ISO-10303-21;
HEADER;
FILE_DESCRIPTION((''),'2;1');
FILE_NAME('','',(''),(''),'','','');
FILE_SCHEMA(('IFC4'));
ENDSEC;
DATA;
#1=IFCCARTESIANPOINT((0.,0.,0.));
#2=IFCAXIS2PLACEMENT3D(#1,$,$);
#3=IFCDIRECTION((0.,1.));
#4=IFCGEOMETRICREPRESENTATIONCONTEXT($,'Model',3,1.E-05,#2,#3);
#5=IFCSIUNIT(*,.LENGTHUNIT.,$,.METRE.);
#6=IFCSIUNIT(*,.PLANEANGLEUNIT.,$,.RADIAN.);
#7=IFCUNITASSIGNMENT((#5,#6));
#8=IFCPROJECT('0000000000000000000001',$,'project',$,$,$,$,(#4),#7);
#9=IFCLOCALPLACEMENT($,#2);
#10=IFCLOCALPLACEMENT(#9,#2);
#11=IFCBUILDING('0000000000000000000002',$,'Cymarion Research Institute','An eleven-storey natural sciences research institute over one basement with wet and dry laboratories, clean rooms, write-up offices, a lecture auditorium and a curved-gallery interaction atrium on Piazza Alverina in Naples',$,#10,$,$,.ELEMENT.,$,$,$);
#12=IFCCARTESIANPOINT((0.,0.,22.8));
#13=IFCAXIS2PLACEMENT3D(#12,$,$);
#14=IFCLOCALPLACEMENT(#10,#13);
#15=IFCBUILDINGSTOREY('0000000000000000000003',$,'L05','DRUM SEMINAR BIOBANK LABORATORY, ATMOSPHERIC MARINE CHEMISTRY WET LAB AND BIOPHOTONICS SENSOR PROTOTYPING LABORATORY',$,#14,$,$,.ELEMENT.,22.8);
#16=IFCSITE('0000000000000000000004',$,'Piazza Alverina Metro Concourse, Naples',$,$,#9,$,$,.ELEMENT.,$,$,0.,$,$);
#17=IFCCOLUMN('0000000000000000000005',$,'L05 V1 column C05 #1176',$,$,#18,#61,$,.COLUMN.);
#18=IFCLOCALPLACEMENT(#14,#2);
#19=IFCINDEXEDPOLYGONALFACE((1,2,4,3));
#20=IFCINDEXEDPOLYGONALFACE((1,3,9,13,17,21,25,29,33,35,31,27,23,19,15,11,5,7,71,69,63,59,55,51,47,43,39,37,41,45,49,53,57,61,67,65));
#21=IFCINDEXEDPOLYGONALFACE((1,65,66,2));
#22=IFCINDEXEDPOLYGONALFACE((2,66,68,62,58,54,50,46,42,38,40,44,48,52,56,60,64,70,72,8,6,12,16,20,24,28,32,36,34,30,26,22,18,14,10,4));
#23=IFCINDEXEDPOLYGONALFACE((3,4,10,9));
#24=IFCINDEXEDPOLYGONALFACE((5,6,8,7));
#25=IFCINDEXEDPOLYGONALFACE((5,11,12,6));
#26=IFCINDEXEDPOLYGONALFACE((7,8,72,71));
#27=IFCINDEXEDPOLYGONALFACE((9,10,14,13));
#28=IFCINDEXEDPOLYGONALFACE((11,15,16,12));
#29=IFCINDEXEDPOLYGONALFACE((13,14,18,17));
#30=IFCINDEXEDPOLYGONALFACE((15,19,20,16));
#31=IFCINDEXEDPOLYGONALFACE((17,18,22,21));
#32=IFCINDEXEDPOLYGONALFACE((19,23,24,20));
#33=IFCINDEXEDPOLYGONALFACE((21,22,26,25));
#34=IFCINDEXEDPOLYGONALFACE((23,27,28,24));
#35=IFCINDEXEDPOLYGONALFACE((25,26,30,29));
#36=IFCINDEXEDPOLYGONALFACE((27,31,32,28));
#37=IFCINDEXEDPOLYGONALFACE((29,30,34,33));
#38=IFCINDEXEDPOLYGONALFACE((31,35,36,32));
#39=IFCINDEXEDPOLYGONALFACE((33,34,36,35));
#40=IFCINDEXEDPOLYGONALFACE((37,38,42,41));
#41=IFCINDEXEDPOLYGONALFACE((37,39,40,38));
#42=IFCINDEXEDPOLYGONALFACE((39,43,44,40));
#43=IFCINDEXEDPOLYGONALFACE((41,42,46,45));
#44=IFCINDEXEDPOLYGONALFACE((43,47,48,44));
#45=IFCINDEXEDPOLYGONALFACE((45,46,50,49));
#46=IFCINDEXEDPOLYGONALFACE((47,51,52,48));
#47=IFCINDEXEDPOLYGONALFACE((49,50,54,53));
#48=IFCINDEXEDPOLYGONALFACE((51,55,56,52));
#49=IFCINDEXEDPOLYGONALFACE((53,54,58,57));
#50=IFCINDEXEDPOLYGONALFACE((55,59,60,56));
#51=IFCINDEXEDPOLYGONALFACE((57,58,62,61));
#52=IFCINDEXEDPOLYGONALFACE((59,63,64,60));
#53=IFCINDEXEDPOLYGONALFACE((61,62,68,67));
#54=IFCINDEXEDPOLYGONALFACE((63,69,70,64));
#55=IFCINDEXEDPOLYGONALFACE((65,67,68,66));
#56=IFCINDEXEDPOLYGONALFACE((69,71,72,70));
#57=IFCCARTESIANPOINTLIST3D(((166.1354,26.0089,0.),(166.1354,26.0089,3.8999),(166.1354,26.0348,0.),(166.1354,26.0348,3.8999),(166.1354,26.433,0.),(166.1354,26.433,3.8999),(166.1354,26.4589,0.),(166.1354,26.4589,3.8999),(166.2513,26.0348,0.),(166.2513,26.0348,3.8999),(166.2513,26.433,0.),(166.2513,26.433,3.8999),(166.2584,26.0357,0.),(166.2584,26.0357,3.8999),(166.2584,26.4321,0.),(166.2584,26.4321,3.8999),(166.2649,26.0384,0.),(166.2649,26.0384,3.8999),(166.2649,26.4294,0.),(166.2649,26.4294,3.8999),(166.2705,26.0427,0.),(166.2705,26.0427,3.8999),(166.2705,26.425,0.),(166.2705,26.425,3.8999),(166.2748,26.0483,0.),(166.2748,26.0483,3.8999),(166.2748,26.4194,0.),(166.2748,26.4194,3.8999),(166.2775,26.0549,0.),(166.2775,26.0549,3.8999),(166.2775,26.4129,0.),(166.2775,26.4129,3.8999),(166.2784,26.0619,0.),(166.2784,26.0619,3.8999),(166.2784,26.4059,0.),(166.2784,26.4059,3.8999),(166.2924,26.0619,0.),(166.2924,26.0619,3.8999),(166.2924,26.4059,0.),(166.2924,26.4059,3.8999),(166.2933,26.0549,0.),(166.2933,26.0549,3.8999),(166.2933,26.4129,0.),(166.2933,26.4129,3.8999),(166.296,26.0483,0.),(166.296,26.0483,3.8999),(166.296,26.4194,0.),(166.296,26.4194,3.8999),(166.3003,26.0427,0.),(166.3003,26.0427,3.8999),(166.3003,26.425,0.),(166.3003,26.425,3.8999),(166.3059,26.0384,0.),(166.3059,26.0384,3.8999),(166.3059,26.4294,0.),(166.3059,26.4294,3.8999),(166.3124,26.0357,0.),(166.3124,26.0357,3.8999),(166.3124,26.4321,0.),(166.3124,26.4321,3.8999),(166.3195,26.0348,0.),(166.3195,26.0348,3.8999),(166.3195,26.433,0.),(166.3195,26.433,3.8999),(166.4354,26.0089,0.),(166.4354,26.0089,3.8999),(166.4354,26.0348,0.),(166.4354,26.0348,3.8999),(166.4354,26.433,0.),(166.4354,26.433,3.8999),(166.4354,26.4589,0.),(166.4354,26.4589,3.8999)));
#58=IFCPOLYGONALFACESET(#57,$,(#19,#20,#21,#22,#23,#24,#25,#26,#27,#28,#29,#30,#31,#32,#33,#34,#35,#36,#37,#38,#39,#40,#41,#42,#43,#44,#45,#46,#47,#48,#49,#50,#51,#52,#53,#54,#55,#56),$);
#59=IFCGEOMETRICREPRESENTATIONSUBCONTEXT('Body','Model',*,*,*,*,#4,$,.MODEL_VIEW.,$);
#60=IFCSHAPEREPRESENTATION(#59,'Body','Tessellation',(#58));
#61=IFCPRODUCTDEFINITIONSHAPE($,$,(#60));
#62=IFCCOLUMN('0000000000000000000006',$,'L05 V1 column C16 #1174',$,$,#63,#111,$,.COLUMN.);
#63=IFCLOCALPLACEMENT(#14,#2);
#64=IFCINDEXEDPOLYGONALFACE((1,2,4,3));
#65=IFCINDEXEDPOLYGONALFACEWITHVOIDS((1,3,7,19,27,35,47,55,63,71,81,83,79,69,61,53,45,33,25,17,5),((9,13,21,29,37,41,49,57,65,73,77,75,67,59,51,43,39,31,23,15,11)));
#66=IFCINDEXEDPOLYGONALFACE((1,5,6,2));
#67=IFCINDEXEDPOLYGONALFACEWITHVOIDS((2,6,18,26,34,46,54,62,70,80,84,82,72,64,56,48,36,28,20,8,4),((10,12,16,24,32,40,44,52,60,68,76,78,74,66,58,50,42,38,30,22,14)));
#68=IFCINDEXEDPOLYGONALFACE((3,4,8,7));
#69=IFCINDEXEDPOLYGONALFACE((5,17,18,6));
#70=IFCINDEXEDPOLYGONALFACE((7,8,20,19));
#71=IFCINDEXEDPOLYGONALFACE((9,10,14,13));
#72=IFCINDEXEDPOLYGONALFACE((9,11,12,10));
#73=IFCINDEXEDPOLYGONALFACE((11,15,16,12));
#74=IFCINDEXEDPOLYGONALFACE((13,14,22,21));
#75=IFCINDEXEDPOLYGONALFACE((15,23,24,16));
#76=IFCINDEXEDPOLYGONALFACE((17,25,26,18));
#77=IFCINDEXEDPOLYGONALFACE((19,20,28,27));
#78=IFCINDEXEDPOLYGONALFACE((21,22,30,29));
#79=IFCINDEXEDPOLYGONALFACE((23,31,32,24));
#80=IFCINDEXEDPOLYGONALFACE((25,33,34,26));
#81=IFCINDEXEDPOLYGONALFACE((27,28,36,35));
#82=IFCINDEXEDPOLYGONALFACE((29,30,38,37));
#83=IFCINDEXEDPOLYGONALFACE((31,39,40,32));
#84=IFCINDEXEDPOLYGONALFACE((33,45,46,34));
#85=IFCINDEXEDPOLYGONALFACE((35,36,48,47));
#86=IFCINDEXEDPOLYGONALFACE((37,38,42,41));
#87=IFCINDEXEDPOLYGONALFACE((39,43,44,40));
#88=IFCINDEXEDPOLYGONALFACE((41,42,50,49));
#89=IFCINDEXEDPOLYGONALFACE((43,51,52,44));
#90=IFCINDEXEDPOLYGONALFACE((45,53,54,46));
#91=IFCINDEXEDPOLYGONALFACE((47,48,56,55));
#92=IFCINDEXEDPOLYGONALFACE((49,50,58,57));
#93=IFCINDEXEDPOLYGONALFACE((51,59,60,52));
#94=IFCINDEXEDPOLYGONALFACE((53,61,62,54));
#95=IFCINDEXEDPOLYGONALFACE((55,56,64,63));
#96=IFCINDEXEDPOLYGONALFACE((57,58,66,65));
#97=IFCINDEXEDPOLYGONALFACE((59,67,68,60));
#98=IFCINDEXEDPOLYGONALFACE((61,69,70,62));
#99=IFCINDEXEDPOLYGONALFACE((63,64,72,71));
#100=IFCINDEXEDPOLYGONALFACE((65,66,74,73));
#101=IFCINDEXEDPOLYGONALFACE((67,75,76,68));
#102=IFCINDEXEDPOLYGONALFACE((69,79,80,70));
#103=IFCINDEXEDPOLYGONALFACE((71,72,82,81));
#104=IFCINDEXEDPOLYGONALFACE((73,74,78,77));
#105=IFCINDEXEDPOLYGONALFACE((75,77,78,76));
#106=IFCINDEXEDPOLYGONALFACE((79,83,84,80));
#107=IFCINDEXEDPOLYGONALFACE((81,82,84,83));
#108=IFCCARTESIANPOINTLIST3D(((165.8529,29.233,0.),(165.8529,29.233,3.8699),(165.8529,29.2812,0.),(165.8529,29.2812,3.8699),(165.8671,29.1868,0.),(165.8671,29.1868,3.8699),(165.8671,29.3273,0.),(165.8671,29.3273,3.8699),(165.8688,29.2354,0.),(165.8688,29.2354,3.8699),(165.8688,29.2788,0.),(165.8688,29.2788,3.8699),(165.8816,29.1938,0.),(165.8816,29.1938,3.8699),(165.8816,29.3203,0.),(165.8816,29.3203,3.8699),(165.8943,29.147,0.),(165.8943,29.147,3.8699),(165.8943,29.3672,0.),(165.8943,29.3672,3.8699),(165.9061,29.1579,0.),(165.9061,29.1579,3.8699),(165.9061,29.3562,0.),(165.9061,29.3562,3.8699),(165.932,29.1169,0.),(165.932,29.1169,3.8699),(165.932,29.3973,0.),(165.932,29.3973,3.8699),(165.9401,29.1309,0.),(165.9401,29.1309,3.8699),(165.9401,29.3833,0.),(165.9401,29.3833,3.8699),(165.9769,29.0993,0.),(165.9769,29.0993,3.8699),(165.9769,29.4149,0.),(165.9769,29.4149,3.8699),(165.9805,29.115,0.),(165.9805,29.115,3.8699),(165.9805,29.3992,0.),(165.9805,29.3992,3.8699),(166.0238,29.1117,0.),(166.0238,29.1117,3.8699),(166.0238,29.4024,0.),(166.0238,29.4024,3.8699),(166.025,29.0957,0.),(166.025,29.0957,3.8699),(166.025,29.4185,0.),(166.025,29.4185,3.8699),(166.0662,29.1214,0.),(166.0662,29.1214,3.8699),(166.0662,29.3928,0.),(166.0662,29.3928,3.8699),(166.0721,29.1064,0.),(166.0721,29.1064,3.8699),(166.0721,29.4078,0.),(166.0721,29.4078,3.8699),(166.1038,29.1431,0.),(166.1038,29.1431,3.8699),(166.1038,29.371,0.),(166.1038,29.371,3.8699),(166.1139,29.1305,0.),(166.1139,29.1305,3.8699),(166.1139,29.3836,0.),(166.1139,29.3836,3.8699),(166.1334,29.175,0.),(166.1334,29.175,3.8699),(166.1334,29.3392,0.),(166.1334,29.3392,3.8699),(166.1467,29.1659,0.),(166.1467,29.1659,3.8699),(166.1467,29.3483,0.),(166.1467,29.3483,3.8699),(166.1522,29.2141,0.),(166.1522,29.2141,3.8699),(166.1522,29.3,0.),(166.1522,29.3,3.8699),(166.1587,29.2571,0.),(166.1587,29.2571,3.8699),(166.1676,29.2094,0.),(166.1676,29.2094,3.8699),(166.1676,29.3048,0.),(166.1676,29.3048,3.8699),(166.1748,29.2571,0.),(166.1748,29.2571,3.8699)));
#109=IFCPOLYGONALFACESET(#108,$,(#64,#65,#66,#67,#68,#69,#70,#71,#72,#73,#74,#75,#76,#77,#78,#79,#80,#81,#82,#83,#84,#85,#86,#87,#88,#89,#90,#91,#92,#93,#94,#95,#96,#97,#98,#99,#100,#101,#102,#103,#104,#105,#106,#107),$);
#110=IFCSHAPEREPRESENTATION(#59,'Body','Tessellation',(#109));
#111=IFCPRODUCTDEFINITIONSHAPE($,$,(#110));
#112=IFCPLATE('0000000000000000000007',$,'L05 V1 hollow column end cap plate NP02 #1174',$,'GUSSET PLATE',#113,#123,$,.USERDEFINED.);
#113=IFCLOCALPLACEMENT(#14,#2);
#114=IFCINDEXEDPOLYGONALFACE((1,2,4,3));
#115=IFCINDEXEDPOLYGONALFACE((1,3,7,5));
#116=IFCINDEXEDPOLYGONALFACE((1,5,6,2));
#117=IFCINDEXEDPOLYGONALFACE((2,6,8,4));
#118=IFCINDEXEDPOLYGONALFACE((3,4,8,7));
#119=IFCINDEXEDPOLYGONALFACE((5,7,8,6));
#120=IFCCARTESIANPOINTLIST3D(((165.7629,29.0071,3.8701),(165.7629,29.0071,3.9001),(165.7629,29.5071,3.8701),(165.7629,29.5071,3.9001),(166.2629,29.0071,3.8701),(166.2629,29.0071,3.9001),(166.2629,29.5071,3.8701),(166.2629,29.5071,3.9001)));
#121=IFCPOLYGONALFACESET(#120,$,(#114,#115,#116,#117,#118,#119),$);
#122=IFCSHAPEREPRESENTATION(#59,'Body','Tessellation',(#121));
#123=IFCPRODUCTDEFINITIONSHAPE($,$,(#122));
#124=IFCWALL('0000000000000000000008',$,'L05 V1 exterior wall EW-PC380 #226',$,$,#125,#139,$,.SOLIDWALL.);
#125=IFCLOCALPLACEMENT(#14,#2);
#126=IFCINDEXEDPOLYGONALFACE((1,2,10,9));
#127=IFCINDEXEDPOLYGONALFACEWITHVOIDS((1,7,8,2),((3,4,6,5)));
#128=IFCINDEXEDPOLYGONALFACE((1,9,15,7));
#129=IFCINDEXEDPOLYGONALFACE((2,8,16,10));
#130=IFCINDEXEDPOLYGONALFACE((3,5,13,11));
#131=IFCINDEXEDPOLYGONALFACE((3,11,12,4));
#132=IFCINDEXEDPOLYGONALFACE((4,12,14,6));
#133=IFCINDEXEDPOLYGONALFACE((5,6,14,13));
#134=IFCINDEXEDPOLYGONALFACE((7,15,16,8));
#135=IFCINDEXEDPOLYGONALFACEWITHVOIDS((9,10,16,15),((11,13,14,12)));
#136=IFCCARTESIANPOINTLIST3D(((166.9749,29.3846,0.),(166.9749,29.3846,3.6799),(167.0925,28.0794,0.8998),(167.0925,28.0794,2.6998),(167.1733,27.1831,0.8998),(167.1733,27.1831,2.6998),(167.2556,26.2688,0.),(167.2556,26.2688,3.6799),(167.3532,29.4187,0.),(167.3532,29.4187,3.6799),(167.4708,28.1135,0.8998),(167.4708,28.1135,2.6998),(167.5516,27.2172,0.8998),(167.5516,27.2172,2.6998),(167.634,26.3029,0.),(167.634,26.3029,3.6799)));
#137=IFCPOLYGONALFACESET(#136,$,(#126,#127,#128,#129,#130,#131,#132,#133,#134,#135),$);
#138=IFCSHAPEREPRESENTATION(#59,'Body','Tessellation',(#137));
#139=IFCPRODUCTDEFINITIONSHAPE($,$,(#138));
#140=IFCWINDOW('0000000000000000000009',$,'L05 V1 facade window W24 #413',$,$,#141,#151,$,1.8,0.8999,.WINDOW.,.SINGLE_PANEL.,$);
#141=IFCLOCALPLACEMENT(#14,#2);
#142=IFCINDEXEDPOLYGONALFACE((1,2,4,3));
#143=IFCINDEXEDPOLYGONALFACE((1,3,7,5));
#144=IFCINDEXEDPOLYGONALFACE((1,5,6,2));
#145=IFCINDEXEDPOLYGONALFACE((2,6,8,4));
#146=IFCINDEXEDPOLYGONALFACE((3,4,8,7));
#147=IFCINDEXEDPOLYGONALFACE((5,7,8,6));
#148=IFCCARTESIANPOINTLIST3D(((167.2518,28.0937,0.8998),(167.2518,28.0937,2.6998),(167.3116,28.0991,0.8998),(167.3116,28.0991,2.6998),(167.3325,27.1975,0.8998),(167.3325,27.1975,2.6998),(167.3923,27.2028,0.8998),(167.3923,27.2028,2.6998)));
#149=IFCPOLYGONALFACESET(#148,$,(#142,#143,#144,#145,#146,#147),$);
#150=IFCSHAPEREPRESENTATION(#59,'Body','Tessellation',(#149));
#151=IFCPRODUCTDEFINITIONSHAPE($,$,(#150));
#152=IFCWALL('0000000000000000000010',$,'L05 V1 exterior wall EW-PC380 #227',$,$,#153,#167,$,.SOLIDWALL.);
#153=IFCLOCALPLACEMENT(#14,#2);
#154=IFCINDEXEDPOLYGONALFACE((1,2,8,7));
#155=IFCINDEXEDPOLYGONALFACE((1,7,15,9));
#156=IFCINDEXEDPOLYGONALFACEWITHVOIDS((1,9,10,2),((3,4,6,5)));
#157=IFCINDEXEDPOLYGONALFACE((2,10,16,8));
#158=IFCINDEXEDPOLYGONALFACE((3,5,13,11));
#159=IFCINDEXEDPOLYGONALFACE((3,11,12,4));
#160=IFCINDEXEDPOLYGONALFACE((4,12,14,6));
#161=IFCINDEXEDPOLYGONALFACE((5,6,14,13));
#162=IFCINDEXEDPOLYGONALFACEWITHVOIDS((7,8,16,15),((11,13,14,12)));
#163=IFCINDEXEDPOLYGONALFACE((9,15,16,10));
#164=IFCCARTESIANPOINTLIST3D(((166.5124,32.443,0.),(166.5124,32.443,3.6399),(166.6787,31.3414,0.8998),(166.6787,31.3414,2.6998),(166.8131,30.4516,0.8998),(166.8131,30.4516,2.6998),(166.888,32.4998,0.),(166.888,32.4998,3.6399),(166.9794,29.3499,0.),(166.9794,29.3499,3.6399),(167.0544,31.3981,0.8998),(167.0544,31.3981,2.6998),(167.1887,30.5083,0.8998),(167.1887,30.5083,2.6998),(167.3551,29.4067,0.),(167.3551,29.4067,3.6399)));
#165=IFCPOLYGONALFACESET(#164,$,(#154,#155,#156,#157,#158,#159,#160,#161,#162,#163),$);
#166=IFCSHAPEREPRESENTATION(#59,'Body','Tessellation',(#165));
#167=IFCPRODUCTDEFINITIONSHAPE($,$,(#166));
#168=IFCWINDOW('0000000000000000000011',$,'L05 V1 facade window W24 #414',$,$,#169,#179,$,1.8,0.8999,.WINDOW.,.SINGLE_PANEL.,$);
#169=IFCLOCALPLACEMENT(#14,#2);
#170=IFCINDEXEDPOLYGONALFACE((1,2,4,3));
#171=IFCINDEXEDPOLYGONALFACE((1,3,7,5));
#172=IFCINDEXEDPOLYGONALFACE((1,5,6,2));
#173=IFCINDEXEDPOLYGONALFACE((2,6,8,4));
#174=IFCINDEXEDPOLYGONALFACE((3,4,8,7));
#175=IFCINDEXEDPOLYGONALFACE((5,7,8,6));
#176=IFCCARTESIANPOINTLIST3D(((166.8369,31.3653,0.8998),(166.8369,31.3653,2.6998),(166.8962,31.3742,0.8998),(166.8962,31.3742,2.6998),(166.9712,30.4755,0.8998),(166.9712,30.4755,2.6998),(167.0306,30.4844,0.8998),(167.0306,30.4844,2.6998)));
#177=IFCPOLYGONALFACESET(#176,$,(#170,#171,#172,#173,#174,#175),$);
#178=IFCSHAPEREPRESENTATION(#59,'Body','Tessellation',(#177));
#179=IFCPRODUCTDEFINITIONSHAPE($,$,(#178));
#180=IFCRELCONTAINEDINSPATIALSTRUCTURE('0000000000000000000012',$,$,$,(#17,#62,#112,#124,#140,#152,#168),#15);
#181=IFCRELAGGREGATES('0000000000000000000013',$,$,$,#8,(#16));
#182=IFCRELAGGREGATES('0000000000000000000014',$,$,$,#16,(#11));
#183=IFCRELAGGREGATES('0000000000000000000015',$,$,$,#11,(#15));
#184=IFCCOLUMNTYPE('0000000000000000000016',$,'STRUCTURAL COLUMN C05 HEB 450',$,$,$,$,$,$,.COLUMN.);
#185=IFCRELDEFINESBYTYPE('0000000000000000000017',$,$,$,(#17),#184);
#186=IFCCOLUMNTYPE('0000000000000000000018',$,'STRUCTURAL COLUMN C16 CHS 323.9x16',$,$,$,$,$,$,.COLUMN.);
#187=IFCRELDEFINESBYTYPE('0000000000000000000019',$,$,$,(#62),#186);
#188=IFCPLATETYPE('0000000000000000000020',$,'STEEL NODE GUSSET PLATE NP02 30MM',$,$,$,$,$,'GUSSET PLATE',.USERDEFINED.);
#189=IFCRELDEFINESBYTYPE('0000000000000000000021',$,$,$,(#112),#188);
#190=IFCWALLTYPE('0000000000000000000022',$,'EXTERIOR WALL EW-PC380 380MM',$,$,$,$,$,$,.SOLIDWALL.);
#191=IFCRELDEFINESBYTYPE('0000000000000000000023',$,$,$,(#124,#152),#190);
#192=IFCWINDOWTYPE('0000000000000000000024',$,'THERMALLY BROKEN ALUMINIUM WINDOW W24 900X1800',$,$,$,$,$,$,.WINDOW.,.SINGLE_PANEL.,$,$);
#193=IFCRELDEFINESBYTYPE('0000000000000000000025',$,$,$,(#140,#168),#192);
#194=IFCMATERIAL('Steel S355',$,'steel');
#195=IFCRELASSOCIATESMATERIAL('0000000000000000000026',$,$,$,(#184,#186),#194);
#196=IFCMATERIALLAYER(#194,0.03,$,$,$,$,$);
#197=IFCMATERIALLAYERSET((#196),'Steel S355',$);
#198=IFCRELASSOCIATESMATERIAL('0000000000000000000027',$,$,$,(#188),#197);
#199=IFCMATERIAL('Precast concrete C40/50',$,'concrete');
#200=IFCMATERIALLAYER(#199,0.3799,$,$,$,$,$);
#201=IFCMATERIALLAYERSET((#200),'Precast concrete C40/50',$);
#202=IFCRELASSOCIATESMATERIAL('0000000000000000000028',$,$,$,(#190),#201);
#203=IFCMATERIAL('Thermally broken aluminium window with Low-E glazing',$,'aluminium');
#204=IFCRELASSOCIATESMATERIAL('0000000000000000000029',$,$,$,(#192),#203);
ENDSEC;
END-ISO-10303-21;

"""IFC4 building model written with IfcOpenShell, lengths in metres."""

from ifc_helpers import new_model, si_unit, direction, frame, frame_2d, origin, origin_2d, place, context, subcontext, project, spatial, rectangle, hollow_circle, i_section, extrude, material, layer, layer_set, material_profile, profile_set, type_object, element, fill, save


model = new_model("IFC4")

# Units and contexts
model_context = context("Model", 3, precision=1e-05, world=origin(), true_north=direction((0.0, 1.0)))
body_context = subcontext(model_context, "Body", "Model", "MODEL_VIEW")
ifc_project = project(units=[si_unit("LENGTHUNIT", "METRE"), si_unit("PLANEANGLEUNIT", "RADIAN")], contexts=[model_context])

# Site, building, storey
site_placement = place(None, origin())
site = spatial("IfcSite", under=ifc_project, at=site_placement, Name="Piazza Alverina Metro Concourse, Naples", CompositionType="ELEMENT", RefElevation=0.0)
building_placement = place(site_placement, origin())
building = spatial("IfcBuilding", under=site, at=building_placement, Name="Cymarion Research Institute", Description="An eleven-storey natural sciences research institute over one basement with wet and dry laboratories, clean rooms, write-up offices, a lecture auditorium and a curved-gallery interaction atrium on Piazza Alverina in Naples", CompositionType="ELEMENT")
storey_placement = place(building_placement, frame((0.0, 0.0, 22.8)))
storey = spatial("IfcBuildingStorey", under=building, at=storey_placement, Name="L05", Description="DRUM SEMINAR BIOBANK LABORATORY, ATMOSPHERIC MARINE CHEMISTRY WET LAB AND BIOPHOTONICS SENSOR PROTOTYPING LABORATORY", CompositionType="ELEMENT", Elevation=22.8)

# Columns
ifc_material_1 = material(Name="Steel S355", Category="steel")
ifc_material_profile_1 = material_profile(ifc_material_1, i_section(OverallWidth=0.3, OverallDepth=0.45, WebThickness=0.0139, FlangeThickness=0.0259, FilletRadius=0.0271, at=origin_2d()), Name="HEB 450")
ifc_profile_set_1 = profile_set([ifc_material_profile_1], Name="Steel S355")
column_type_1 = type_object("IfcColumnType", Name="STRUCTURAL COLUMN C05 HEB 450", PredefinedType="COLUMN", material=ifc_profile_set_1)
column_1_placement = place(storey_placement, frame((166.2854, 26.2339, 0.0), z_axis=(0.0, 0.0, 1.0), x_axis=(1.0, 0.0, 0.0)))
element("IfcColumn", 1, at=column_1_placement, inside=storey, type_object=column_type_1, Name="L05 V1 column C05 #1176", PredefinedType="COLUMN", context=body_context, shape_type="SweptSolid", body=[
    extrude(i_section(OverallWidth=0.3, OverallDepth=0.45, WebThickness=0.0139, FlangeThickness=0.0259, FilletRadius=0.0271, at=origin_2d()), origin(), (0.0, 0.0, 1.0), 3.8999),
])
ifc_material_profile_2 = material_profile(ifc_material_1, hollow_circle(Radius=0.1619, WallThickness=0.0161, at=origin_2d()), Name="CHS 323.9x16")
ifc_profile_set_2 = profile_set([ifc_material_profile_2], Name="Steel S355")
column_type_2 = type_object("IfcColumnType", Name="STRUCTURAL COLUMN C16 CHS 323.9x16", PredefinedType="COLUMN", material=ifc_profile_set_2)
column_2_placement = place(storey_placement, frame((166.0129, 29.2571, 0.0), z_axis=(0.0, 0.0, 1.0), x_axis=(1.0, 0.0, 0.0)))
element("IfcColumn", 2, at=column_2_placement, inside=storey, type_object=column_type_2, Name="L05 V1 column C16 #1174", PredefinedType="COLUMN", context=body_context, shape_type="SweptSolid", body=[
    extrude(hollow_circle(Radius=0.1619, WallThickness=0.0161, at=origin_2d()), origin(), (0.0, 0.0, 1.0), 3.8699),
])

# Plate
ifc_layer_1 = layer(ifc_material_1, 0.03)
ifc_layer_set_1 = layer_set([ifc_layer_1], Name="Steel S355")
plate_type = type_object("IfcPlateType", Name="STEEL NODE GUSSET PLATE NP02 30MM", ElementType="GUSSET PLATE", PredefinedType="USERDEFINED", material=ifc_layer_set_1)
plate_placement = place(storey_placement, frame((166.0129, 29.2571, 3.8701), z_axis=(0.0, 0.0, 1.0), x_axis=(1.0, 0.0, 0.0)))
element("IfcPlate", 3, at=plate_placement, inside=storey, type_object=plate_type, Name="L05 V1 hollow column end cap plate NP02 #1174", ObjectType="GUSSET PLATE", PredefinedType="USERDEFINED", context=body_context, shape_type="SweptSolid", body=[
    extrude(rectangle(XDim=0.5, YDim=0.5, at=origin_2d()), origin(), (0.0, 0.0, 1.0), 0.03),
])

# Walls, openings, windows
ifc_material_2 = material(Name="Precast concrete C40/50", Category="concrete")
ifc_layer_2 = layer(ifc_material_2, 0.3799)
ifc_layer_set_2 = layer_set([ifc_layer_2], Name="Precast concrete C40/50")
wall_type = type_object("IfcWallType", Name="EXTERIOR WALL EW-PC380 380MM", PredefinedType="SOLIDWALL", material=ifc_layer_set_2)
wall_1_placement = place(storey_placement, frame((167.4448, 26.2859, 0.0), z_axis=(0.0, 0.0, 1.0), x_axis=(-0.089748, 0.995965, 0.0)))
wall_1 = element("IfcWall", 4, at=wall_1_placement, inside=storey, type_object=wall_type, Name="L05 V1 exterior wall EW-PC380 #226", PredefinedType="SOLIDWALL", context=body_context, shape_type="SweptSolid", body=[
    extrude(rectangle(XDim=3.1284, YDim=0.3799, at=frame_2d((1.5642, 0.0))), origin(), (0.0, 0.0, 1.0), 3.6799),
])
opening_1_placement = place(wall_1_placement, frame((0.918, 0.0, 0.8999)))
opening_1 = element("IfcOpeningElement", 5, at=opening_1_placement, cuts=wall_1, PredefinedType="OPENING", context=body_context, shape_type="SweptSolid", body=[
    extrude(rectangle(XDim=0.8999, YDim=1.8, at=frame_2d((0.45, 0.8999))), frame((0.0, 0.2, 0.0), z_axis=(0.0, -1.0, 0.0), x_axis=(1.0, 0.0, 0.0)), (0.0, 0.0, 1.0), 0.3999),
])
ifc_material_3 = material(Name="Thermally broken aluminium window with Low-E glazing", Category="aluminium")
window_type = type_object("IfcWindowType", Name="THERMALLY BROKEN ALUMINIUM WINDOW W24 900X1800", PartitioningType="SINGLE_PANEL", PredefinedType="WINDOW", material=ifc_material_3)
window_1_placement = place(opening_1_placement, origin())
window_1 = element("IfcWindow", 6, at=window_1_placement, inside=storey, type_object=window_type, Name="L05 V1 facade window W24 #413", OverallHeight=1.8, OverallWidth=0.8999, PartitioningType="SINGLE_PANEL", PredefinedType="WINDOW", context=body_context, shape_type="SweptSolid", body=[
    extrude(rectangle(XDim=0.8999, YDim=1.8, at=frame_2d((0.45, 0.8999))), frame((0.0, 0.03, 0.0), z_axis=(0.0, -1.0, 0.0), x_axis=(1.0, 0.0, 0.0)), (0.0, 0.0, 1.0), 0.0601),
])
fill(opening_1, window_1)
wall_2_placement = place(storey_placement, frame((167.1672, 29.3784, 0.0), z_axis=(0.0, 0.0, 1.0), x_axis=(-0.149306, 0.988791, 0.0)))
wall_2 = element("IfcWall", 7, at=wall_2_placement, inside=storey, type_object=wall_type, Name="L05 V1 exterior wall EW-PC380 #227", PredefinedType="SOLIDWALL", context=body_context, shape_type="SweptSolid", body=[
    extrude(rectangle(XDim=3.1282, YDim=0.3799, at=frame_2d((1.564, 0.0))), origin(), (0.0, 0.0, 1.0), 3.6399),
])
opening_2_placement = place(wall_2_placement, frame((1.114, 0.0, 0.8999)))
opening_2 = element("IfcOpeningElement", 8, at=opening_2_placement, cuts=wall_2, PredefinedType="OPENING", context=body_context, shape_type="SweptSolid", body=[
    extrude(rectangle(XDim=0.8999, YDim=1.8, at=frame_2d((0.45, 0.8999))), frame((0.0, 0.2, 0.0), z_axis=(0.0, -1.0, 0.0), x_axis=(1.0, 0.0, 0.0)), (0.0, 0.0, 1.0), 0.3999),
])
window_2_placement = place(opening_2_placement, origin())
window_2 = element("IfcWindow", 9, at=window_2_placement, inside=storey, type_object=window_type, Name="L05 V1 facade window W24 #414", OverallHeight=1.8, OverallWidth=0.8999, PartitioningType="SINGLE_PANEL", PredefinedType="WINDOW", context=body_context, shape_type="SweptSolid", body=[
    extrude(rectangle(XDim=0.8999, YDim=1.8, at=frame_2d((0.45, 0.8999))), frame((0.0, 0.03, 0.0), z_axis=(0.0, -1.0, 0.0), x_axis=(1.0, 0.0, 0.0)), (0.0, 0.0, 1.0), 0.0601),
])
fill(opening_2, window_2)

save(model, "model.ifc")
